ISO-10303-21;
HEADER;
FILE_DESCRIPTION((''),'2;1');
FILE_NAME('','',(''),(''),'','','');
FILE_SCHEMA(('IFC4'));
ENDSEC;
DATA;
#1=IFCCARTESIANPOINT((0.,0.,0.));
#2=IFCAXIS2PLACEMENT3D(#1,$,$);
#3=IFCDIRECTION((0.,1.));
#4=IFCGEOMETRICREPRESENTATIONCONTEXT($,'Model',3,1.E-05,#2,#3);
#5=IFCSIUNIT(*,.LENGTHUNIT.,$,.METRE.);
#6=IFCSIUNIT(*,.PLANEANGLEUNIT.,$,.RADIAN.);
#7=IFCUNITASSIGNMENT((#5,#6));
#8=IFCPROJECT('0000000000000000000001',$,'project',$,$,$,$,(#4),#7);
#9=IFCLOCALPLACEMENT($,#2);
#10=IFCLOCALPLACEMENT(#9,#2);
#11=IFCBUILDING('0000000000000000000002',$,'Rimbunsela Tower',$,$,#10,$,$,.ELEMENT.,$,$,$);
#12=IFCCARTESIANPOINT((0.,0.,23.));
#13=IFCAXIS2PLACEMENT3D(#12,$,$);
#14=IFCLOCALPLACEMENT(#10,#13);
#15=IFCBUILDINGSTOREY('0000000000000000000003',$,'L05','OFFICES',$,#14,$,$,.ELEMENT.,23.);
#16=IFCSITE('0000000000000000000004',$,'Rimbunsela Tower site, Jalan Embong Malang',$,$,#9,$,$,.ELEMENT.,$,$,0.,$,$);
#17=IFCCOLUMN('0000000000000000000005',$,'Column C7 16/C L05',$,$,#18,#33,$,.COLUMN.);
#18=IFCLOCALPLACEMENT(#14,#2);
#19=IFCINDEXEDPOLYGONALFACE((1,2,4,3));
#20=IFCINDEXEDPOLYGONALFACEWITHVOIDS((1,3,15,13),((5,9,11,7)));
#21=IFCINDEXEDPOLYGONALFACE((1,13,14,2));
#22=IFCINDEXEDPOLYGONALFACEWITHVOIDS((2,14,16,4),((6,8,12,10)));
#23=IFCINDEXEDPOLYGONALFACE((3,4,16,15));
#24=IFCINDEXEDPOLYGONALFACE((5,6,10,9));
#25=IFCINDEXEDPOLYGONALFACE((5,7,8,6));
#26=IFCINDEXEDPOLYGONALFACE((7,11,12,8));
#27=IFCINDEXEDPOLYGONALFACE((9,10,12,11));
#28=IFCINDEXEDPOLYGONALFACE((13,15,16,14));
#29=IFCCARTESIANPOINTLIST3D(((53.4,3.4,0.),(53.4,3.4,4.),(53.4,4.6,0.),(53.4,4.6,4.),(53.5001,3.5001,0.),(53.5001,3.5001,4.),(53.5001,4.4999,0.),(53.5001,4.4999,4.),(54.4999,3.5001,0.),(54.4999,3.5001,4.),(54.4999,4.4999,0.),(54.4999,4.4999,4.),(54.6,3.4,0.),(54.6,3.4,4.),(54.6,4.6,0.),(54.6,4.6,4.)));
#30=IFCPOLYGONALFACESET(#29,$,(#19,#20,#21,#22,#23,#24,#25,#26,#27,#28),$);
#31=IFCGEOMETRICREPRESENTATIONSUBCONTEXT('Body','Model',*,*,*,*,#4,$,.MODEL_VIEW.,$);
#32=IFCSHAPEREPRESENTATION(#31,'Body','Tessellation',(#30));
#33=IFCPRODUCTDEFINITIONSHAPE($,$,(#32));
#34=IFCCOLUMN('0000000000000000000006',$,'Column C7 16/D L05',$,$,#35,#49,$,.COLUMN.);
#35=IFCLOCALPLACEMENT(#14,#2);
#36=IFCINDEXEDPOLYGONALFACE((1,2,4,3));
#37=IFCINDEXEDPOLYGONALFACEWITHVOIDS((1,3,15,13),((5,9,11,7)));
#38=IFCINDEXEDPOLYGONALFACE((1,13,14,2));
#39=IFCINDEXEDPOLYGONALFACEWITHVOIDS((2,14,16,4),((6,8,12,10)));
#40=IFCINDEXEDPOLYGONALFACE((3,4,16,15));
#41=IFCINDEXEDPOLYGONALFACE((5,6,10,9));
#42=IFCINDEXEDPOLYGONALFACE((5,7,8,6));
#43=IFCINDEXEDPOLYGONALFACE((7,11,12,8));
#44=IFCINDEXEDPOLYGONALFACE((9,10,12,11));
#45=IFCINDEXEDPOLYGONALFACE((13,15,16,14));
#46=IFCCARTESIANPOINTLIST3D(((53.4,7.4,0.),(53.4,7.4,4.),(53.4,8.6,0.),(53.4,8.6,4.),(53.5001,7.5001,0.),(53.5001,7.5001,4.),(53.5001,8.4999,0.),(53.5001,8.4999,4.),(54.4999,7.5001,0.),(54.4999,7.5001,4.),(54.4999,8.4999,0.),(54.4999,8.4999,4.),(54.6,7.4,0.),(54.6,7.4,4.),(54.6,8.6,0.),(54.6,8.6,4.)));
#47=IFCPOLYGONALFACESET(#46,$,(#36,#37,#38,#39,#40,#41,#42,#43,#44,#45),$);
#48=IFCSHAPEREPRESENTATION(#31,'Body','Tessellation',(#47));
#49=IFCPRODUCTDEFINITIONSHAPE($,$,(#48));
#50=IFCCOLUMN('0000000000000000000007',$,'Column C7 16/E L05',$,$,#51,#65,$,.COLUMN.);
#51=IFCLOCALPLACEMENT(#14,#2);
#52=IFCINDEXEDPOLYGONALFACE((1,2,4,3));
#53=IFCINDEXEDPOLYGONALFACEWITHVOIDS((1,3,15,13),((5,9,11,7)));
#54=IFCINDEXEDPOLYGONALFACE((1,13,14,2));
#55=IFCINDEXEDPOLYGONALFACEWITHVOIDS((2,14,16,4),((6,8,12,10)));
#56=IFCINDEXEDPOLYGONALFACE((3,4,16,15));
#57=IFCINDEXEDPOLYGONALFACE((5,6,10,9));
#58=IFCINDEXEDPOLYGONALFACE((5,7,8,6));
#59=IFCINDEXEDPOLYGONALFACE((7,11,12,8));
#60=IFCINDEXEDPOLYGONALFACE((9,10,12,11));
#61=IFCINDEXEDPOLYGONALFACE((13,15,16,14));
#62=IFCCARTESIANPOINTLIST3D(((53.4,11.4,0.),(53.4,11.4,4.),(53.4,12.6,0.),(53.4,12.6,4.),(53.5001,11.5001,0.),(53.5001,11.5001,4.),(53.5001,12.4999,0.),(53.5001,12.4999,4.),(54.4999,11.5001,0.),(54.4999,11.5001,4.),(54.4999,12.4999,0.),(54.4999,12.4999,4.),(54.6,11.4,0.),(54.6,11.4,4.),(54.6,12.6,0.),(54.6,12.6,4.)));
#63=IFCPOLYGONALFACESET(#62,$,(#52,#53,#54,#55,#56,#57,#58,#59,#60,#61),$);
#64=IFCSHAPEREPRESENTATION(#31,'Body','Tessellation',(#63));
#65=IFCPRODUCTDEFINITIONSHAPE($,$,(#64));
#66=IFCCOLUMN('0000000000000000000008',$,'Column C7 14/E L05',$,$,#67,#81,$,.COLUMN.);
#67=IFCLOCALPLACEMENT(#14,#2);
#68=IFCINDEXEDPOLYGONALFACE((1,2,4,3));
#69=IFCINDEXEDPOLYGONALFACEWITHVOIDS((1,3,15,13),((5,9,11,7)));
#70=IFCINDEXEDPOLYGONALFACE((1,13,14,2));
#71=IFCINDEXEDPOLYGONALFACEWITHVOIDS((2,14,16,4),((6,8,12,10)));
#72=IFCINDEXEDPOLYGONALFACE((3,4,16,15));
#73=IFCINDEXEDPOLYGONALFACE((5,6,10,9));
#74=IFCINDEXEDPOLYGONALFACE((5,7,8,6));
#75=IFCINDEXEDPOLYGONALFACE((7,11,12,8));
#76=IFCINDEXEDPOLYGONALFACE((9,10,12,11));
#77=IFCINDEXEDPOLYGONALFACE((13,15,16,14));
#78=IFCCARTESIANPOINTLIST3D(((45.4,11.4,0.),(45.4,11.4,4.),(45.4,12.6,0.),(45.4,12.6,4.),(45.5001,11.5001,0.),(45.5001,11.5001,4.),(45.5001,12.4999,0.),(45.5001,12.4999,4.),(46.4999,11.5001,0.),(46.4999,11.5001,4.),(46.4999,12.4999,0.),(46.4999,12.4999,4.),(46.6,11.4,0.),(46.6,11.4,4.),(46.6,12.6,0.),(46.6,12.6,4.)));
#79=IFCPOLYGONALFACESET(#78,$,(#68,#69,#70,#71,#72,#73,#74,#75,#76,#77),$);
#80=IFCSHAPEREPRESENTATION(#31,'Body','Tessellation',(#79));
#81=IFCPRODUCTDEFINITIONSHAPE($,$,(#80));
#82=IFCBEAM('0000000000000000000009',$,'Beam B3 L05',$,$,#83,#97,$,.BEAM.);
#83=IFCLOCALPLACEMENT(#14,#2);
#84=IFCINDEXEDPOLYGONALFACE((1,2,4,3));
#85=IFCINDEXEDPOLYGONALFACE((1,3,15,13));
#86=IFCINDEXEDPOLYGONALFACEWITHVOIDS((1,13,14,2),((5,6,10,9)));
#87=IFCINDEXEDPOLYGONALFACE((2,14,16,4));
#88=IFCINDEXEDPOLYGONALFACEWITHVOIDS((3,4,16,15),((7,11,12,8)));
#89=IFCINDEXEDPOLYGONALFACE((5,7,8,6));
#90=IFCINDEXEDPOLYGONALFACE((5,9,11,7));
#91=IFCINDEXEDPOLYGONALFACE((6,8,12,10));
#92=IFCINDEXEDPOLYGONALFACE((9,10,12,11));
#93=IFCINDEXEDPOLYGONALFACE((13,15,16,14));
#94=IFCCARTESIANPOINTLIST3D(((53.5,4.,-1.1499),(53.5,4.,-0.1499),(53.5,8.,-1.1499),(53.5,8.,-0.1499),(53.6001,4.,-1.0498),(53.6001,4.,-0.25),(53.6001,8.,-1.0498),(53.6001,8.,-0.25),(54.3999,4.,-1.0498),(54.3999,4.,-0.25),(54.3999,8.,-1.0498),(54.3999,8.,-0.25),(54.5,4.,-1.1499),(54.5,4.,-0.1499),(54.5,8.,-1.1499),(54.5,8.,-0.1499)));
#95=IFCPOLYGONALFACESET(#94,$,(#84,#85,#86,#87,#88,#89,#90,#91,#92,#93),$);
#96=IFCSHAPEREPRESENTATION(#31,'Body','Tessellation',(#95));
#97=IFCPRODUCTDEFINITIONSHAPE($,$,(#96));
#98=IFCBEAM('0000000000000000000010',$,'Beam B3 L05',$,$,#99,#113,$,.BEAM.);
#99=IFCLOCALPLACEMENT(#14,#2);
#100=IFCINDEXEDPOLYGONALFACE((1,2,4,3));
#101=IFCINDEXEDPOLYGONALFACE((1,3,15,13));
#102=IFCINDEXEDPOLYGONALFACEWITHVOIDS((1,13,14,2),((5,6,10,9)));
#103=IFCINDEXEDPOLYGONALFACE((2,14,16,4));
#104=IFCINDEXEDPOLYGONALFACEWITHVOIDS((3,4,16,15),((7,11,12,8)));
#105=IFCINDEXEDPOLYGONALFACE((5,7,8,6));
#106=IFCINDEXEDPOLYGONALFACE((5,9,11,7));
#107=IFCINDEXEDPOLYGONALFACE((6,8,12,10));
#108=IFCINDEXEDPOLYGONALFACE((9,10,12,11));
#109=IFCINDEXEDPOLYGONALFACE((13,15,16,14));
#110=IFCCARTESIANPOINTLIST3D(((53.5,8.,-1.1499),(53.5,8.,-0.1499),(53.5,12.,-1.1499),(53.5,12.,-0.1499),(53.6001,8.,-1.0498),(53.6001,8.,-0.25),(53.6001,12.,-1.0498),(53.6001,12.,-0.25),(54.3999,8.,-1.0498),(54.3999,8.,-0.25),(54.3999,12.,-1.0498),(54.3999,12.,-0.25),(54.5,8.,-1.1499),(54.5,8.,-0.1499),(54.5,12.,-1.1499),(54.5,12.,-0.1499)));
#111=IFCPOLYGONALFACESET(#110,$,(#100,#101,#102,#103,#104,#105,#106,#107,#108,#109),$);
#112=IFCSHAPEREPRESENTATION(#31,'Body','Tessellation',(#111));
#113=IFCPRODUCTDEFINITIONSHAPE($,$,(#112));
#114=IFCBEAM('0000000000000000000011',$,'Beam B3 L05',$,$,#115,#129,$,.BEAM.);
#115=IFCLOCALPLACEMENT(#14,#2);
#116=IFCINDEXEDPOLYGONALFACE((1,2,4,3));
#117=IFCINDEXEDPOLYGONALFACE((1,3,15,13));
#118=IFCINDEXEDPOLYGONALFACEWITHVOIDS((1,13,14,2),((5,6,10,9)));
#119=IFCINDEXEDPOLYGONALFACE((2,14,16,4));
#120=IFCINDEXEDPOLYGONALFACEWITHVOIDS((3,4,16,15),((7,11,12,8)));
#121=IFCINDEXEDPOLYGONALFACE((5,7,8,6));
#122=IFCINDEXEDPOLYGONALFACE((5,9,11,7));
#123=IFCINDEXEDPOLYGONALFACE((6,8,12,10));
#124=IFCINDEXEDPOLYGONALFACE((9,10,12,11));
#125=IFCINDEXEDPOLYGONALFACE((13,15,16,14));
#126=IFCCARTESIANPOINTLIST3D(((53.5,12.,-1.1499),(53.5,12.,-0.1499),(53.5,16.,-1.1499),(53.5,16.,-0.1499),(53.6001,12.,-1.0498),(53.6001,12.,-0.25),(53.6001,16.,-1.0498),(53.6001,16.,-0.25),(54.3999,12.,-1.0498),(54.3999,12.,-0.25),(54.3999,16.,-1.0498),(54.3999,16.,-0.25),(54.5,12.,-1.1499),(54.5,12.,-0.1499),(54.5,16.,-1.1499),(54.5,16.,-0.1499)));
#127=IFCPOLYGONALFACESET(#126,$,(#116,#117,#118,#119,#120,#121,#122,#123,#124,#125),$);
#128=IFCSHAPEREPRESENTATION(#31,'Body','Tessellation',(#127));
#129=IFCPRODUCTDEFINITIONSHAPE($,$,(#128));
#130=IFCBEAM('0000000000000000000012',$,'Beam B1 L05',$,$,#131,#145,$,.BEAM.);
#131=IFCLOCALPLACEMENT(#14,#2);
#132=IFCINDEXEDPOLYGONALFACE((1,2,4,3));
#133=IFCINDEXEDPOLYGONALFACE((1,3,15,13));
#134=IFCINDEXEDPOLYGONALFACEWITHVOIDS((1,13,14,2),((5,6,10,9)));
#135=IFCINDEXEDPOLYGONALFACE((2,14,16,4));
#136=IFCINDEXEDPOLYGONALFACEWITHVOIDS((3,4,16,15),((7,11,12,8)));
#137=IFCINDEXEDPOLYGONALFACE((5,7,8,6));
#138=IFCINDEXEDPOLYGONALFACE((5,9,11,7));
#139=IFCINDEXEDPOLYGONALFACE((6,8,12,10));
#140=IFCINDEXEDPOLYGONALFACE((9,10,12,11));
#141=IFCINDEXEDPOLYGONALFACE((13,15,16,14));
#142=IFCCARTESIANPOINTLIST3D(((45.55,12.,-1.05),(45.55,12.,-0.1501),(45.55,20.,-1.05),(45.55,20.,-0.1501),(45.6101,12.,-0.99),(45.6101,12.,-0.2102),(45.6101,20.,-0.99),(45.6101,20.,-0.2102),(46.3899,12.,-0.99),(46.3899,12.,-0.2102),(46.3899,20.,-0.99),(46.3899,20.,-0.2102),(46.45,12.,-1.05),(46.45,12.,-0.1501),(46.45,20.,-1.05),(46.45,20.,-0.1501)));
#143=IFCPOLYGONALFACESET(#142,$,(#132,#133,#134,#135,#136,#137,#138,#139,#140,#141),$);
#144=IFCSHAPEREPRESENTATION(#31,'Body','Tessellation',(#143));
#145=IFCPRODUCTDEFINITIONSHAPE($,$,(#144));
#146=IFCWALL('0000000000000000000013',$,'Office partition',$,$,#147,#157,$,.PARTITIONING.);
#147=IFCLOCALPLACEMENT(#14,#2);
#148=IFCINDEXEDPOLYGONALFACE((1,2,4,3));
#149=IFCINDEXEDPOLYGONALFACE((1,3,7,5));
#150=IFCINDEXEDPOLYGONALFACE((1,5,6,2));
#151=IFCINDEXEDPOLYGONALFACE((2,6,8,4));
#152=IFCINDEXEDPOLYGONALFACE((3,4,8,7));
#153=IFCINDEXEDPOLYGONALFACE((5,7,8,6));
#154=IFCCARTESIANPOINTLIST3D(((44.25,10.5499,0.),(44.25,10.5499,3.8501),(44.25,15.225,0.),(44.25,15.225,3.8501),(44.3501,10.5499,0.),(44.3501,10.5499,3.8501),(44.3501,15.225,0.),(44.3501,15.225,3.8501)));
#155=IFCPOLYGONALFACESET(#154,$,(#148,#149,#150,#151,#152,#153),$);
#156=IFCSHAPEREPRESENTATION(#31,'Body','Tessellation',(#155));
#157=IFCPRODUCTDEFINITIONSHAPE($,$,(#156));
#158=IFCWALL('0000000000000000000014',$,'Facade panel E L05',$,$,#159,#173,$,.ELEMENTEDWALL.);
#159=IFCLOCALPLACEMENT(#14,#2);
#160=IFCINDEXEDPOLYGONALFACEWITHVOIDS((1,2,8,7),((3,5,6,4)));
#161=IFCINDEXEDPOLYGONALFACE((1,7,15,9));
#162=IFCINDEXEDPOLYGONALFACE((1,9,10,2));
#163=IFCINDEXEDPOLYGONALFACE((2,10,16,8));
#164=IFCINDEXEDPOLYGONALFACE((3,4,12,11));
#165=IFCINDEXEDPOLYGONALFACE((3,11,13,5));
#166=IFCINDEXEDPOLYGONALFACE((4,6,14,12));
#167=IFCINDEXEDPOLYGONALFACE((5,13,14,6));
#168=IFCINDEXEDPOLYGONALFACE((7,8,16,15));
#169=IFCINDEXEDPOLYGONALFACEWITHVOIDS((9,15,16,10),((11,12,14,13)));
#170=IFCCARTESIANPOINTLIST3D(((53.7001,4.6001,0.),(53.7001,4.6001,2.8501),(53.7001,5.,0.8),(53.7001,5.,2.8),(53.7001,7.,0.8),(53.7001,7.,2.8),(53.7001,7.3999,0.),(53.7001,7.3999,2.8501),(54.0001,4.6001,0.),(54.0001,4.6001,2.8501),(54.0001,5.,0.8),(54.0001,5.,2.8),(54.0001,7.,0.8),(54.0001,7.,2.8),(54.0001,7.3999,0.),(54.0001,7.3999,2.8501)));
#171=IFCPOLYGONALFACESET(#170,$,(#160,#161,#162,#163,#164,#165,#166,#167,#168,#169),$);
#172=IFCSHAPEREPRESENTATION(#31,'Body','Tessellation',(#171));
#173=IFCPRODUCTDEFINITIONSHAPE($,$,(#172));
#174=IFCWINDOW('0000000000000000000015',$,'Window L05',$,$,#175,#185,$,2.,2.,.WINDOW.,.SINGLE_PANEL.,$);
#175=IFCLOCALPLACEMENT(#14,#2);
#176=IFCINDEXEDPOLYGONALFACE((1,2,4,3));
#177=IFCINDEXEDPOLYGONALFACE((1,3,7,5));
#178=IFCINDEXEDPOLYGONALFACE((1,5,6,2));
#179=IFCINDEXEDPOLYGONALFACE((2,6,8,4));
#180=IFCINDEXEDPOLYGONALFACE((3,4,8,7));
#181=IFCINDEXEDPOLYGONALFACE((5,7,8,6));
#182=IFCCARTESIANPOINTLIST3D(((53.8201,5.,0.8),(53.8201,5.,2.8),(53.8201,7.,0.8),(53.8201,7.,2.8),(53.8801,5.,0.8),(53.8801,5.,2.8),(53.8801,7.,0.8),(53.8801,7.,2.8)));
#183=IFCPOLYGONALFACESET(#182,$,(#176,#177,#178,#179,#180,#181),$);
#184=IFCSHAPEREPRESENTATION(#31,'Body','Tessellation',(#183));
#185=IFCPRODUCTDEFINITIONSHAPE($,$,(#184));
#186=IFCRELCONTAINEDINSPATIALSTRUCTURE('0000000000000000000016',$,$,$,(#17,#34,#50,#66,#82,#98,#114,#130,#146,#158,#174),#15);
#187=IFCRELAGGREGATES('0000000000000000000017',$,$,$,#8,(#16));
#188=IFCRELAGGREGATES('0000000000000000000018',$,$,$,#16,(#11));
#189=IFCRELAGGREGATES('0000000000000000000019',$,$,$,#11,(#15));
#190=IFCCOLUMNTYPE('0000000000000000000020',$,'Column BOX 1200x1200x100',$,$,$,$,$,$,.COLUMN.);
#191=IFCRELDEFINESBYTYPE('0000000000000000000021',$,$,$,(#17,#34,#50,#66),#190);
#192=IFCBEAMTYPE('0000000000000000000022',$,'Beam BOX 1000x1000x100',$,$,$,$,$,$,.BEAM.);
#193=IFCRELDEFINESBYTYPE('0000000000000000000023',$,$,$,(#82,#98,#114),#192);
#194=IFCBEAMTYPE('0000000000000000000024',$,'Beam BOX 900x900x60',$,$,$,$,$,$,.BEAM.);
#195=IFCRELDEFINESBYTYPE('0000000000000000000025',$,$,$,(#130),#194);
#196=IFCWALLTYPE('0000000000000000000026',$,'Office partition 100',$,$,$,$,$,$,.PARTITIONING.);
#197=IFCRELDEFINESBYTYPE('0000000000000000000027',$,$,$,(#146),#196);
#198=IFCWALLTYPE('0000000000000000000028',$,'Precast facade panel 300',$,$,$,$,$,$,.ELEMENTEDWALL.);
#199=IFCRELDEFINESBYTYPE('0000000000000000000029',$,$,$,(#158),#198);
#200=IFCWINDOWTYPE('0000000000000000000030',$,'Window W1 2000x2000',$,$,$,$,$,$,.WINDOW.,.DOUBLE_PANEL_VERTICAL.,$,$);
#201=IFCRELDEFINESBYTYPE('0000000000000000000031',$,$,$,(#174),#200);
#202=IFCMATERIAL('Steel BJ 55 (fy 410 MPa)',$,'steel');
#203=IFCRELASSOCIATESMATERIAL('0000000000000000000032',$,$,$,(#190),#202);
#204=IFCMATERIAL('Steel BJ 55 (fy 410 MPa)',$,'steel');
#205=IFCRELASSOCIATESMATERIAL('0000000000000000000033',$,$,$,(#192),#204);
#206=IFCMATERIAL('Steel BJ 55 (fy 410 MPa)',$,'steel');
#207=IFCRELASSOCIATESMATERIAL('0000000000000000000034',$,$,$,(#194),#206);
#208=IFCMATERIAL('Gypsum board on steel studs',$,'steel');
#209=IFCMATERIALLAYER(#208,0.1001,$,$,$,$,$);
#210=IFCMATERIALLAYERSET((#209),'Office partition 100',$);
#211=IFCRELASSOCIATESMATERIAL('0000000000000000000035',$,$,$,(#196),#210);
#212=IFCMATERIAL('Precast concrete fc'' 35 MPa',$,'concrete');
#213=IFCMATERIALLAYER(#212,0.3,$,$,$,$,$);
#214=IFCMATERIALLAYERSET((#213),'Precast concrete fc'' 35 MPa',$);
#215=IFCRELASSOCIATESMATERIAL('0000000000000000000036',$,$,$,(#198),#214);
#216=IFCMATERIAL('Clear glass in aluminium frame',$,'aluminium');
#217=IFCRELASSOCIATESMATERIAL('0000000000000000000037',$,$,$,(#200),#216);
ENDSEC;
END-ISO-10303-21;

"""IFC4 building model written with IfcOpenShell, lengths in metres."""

from ifc_helpers import new_model, si_unit, direction, frame, frame_2d, origin, origin_2d, place, context, subcontext, project, spatial, rectangle, hollow_rectangle, extrude, material, layer, layer_set, material_profile, profile_set, type_object, element, fill, save


model = new_model("IFC4")

# Units and contexts
model_context = context("Model", 3, precision=1e-05, world=origin(), true_north=direction((0.0, 1.0)))
body_context = subcontext(model_context, "Body", "Model", "MODEL_VIEW")
ifc_project = project(units=[si_unit("LENGTHUNIT", "METRE"), si_unit("PLANEANGLEUNIT", "RADIAN")], contexts=[model_context])

# Site, building, storey
site_placement = place(None, origin())
site = spatial("IfcSite", under=ifc_project, at=site_placement, Name="Rimbunsela Tower site, Jalan Embong Malang", CompositionType="ELEMENT", RefElevation=0.0)
building_placement = place(site_placement, origin())
building = spatial("IfcBuilding", under=site, at=building_placement, Name="Rimbunsela Tower", CompositionType="ELEMENT")
storey_placement = place(building_placement, frame((0.0, 0.0, 23.0)))
storey = spatial("IfcBuildingStorey", under=building, at=storey_placement, Name="L05", Description="OFFICES", CompositionType="ELEMENT", Elevation=23.0)

# Columns
ifc_material_1 = material(Name="Steel BJ 55 (fy 410 MPa)", Category="steel")
ifc_material_profile_1 = material_profile(ifc_material_1, hollow_rectangle(XDim=1.2, YDim=1.2, WallThickness=0.1001, at=origin_2d()), Name="BOX 1200x1200x100")
ifc_profile_set_1 = profile_set([ifc_material_profile_1], Name="Steel BJ 55 (fy 410 MPa)")
column_type = type_object("IfcColumnType", Name="Column BOX 1200x1200x100", PredefinedType="COLUMN", material=ifc_profile_set_1)
for number, where, z_axis, x_axis, name in (
    (1, (54.0, 4.0, 0.0), (0.0, 0.0, 1.0), (1.0, 0.0, 0.0), "Column C7 16/C L05"),
    (2, (54.0, 8.0, 0.0), (0.0, 0.0, 1.0), (1.0, 0.0, 0.0), "Column C7 16/D L05"),
    (3, (54.0, 12.0, 0.0), (0.0, 0.0, 1.0), (1.0, 0.0, 0.0), "Column C7 16/E L05"),
    (4, (46.0, 12.0, 0.0), (0.0, 0.0, 1.0), (1.0, 0.0, 0.0), "Column C7 14/E L05"),
):
    element("IfcColumn", number, at=place(storey_placement, frame(where, z_axis=z_axis, x_axis=x_axis)), inside=storey, type_object=column_type, Name=name, PredefinedType="COLUMN", context=body_context, shape_type="SweptSolid", body=[
        extrude(hollow_rectangle(XDim=1.2, YDim=1.2, WallThickness=0.1001, at=origin_2d()), origin(), (0.0, 0.0, 1.0), 4.0),
    ])

# Beams
ifc_material_2 = material(Name="Steel BJ 55 (fy 410 MPa)", Category="steel")
ifc_material_profile_2 = material_profile(ifc_material_2, hollow_rectangle(XDim=1.0, YDim=1.0, WallThickness=0.1001, at=origin_2d()), Name="BOX 1000x1000x100")
ifc_profile_set_2 = profile_set([ifc_material_profile_2], Name="Steel BJ 55 (fy 410 MPa)")
beam_type_1 = type_object("IfcBeamType", Name="Beam BOX 1000x1000x100", PredefinedType="BEAM", material=ifc_profile_set_2)
for number, where, z_axis, x_axis, name in (
    (5, (54.0, 4.0, -0.6499), (0.0, 1.0, 0.0), (-1.0, 0.0, 0.0), "Beam B3 L05"),
    (6, (54.0, 8.0, -0.6499), (0.0, 1.0, 0.0), (-1.0, 0.0, 0.0), "Beam B3 L05"),
    (7, (54.0, 12.0, -0.6499), (0.0, 1.0, 0.0), (-1.0, 0.0, 0.0), "Beam B3 L05"),
):
    element("IfcBeam", number, at=place(storey_placement, frame(where, z_axis=z_axis, x_axis=x_axis)), inside=storey, type_object=beam_type_1, Name=name, PredefinedType="BEAM", context=body_context, shape_type="SweptSolid", body=[
        extrude(hollow_rectangle(XDim=1.0, YDim=1.0, WallThickness=0.1001, at=origin_2d()), origin(), (0.0, 0.0, 1.0), 4.0),
    ])
ifc_material_3 = material(Name="Steel BJ 55 (fy 410 MPa)", Category="steel")
ifc_material_profile_3 = material_profile(ifc_material_3, hollow_rectangle(XDim=0.8999, YDim=0.8999, WallThickness=0.0601, at=origin_2d()), Name="BOX 900x900x60")
ifc_profile_set_3 = profile_set([ifc_material_profile_3], Name="Steel BJ 55 (fy 410 MPa)")
beam_type_2 = type_object("IfcBeamType", Name="Beam BOX 900x900x60", PredefinedType="BEAM", material=ifc_profile_set_3)
beam_placement = place(storey_placement, frame((46.0, 12.0, -0.6001), z_axis=(0.0, 1.0, 0.0), x_axis=(-1.0, 0.0, 0.0)))
element("IfcBeam", 8, at=beam_placement, inside=storey, type_object=beam_type_2, Name="Beam B1 L05", PredefinedType="BEAM", context=body_context, shape_type="SweptSolid", body=[
    extrude(hollow_rectangle(XDim=0.8999, YDim=0.8999, WallThickness=0.0601, at=origin_2d()), origin(), (0.0, 0.0, 1.0), 8.0),
])

# Wall
ifc_material_4 = material(Name="Gypsum board on steel studs", Category="steel")
ifc_layer_1 = layer(ifc_material_4, 0.1001)
ifc_layer_set_1 = layer_set([ifc_layer_1], Name="Office partition 100")
wall_type_1 = type_object("IfcWallType", Name="Office partition 100", PredefinedType="PARTITIONING", material=ifc_layer_set_1)
wall_1_placement = place(storey_placement, frame((44.3, 10.55, 0.0), z_axis=(0.0, 0.0, 1.0), x_axis=(0.0, 1.0, 0.0)))
element("IfcWall", 9, at=wall_1_placement, inside=storey, type_object=wall_type_1, Name="Office partition", PredefinedType="PARTITIONING", context=body_context, shape_type="SweptSolid", body=[
    extrude(rectangle(XDim=4.675, YDim=0.1001, at=frame_2d((2.3374, 0.0))), origin(), (0.0, 0.0, 1.0), 3.8501),
])

# Wall, opening, window
ifc_material_5 = material(Name="Precast concrete fc' 35 MPa", Category="concrete")
ifc_layer_2 = layer(ifc_material_5, 0.3)
ifc_layer_set_2 = layer_set([ifc_layer_2], Name="Precast concrete fc' 35 MPa")
wall_type_2 = type_object("IfcWallType", Name="Precast facade panel 300", PredefinedType="ELEMENTEDWALL", material=ifc_layer_set_2)
wall_2_placement = place(storey_placement, frame((53.8501, 4.6001, 0.0), z_axis=(0.0, 0.0, 1.0), x_axis=(0.0, 1.0, 0.0)))
wall_2 = element("IfcWall", 10, at=wall_2_placement, inside=storey, type_object=wall_type_2, Name="Facade panel E L05", PredefinedType="ELEMENTEDWALL", context=body_context, shape_type="SweptSolid", body=[
    extrude(rectangle(XDim=2.7998, YDim=0.3, at=frame_2d((1.3999, 0.0))), origin(), (0.0, 0.0, 1.0), 2.8501),
])
opening_1_placement = place(wall_2_placement, frame((0.3999, 0.0, 0.8)))
opening_1 = element("IfcOpeningElement", 11, at=opening_1_placement, cuts=wall_2, PredefinedType="OPENING", context=body_context, shape_type="SweptSolid", body=[
    extrude(rectangle(XDim=2.0, YDim=2.0, at=frame_2d((1.0, 1.0))), frame((0.0, 0.1599, 0.0), z_axis=(0.0, -1.0, 0.0), x_axis=(1.0, 0.0, 0.0)), (0.0, 0.0, 1.0), 0.3201),
])
ifc_material_6 = material(Name="Clear glass in aluminium frame", Category="aluminium")
window_type = type_object("IfcWindowType", Name="Window W1 2000x2000", PartitioningType="DOUBLE_PANEL_VERTICAL", PredefinedType="WINDOW", material=ifc_material_6)
window_1_placement = place(opening_1_placement, origin())
window_1 = element("IfcWindow", 12, at=window_1_placement, inside=storey, type_object=window_type, Name="Window L05", OverallHeight=2.0, OverallWidth=2.0, PartitioningType="SINGLE_PANEL", PredefinedType="WINDOW", context=body_context, shape_type="SweptSolid", body=[
    extrude(rectangle(XDim=2.0, YDim=2.0, at=frame_2d((1.0, 1.0))), frame((0.0, 0.03, 0.0), z_axis=(0.0, -1.0, 0.0), x_axis=(1.0, 0.0, 0.0)), (0.0, 0.0, 1.0), 0.0601),
])
fill(opening_1, window_1)

save(model, "model.ifc")
